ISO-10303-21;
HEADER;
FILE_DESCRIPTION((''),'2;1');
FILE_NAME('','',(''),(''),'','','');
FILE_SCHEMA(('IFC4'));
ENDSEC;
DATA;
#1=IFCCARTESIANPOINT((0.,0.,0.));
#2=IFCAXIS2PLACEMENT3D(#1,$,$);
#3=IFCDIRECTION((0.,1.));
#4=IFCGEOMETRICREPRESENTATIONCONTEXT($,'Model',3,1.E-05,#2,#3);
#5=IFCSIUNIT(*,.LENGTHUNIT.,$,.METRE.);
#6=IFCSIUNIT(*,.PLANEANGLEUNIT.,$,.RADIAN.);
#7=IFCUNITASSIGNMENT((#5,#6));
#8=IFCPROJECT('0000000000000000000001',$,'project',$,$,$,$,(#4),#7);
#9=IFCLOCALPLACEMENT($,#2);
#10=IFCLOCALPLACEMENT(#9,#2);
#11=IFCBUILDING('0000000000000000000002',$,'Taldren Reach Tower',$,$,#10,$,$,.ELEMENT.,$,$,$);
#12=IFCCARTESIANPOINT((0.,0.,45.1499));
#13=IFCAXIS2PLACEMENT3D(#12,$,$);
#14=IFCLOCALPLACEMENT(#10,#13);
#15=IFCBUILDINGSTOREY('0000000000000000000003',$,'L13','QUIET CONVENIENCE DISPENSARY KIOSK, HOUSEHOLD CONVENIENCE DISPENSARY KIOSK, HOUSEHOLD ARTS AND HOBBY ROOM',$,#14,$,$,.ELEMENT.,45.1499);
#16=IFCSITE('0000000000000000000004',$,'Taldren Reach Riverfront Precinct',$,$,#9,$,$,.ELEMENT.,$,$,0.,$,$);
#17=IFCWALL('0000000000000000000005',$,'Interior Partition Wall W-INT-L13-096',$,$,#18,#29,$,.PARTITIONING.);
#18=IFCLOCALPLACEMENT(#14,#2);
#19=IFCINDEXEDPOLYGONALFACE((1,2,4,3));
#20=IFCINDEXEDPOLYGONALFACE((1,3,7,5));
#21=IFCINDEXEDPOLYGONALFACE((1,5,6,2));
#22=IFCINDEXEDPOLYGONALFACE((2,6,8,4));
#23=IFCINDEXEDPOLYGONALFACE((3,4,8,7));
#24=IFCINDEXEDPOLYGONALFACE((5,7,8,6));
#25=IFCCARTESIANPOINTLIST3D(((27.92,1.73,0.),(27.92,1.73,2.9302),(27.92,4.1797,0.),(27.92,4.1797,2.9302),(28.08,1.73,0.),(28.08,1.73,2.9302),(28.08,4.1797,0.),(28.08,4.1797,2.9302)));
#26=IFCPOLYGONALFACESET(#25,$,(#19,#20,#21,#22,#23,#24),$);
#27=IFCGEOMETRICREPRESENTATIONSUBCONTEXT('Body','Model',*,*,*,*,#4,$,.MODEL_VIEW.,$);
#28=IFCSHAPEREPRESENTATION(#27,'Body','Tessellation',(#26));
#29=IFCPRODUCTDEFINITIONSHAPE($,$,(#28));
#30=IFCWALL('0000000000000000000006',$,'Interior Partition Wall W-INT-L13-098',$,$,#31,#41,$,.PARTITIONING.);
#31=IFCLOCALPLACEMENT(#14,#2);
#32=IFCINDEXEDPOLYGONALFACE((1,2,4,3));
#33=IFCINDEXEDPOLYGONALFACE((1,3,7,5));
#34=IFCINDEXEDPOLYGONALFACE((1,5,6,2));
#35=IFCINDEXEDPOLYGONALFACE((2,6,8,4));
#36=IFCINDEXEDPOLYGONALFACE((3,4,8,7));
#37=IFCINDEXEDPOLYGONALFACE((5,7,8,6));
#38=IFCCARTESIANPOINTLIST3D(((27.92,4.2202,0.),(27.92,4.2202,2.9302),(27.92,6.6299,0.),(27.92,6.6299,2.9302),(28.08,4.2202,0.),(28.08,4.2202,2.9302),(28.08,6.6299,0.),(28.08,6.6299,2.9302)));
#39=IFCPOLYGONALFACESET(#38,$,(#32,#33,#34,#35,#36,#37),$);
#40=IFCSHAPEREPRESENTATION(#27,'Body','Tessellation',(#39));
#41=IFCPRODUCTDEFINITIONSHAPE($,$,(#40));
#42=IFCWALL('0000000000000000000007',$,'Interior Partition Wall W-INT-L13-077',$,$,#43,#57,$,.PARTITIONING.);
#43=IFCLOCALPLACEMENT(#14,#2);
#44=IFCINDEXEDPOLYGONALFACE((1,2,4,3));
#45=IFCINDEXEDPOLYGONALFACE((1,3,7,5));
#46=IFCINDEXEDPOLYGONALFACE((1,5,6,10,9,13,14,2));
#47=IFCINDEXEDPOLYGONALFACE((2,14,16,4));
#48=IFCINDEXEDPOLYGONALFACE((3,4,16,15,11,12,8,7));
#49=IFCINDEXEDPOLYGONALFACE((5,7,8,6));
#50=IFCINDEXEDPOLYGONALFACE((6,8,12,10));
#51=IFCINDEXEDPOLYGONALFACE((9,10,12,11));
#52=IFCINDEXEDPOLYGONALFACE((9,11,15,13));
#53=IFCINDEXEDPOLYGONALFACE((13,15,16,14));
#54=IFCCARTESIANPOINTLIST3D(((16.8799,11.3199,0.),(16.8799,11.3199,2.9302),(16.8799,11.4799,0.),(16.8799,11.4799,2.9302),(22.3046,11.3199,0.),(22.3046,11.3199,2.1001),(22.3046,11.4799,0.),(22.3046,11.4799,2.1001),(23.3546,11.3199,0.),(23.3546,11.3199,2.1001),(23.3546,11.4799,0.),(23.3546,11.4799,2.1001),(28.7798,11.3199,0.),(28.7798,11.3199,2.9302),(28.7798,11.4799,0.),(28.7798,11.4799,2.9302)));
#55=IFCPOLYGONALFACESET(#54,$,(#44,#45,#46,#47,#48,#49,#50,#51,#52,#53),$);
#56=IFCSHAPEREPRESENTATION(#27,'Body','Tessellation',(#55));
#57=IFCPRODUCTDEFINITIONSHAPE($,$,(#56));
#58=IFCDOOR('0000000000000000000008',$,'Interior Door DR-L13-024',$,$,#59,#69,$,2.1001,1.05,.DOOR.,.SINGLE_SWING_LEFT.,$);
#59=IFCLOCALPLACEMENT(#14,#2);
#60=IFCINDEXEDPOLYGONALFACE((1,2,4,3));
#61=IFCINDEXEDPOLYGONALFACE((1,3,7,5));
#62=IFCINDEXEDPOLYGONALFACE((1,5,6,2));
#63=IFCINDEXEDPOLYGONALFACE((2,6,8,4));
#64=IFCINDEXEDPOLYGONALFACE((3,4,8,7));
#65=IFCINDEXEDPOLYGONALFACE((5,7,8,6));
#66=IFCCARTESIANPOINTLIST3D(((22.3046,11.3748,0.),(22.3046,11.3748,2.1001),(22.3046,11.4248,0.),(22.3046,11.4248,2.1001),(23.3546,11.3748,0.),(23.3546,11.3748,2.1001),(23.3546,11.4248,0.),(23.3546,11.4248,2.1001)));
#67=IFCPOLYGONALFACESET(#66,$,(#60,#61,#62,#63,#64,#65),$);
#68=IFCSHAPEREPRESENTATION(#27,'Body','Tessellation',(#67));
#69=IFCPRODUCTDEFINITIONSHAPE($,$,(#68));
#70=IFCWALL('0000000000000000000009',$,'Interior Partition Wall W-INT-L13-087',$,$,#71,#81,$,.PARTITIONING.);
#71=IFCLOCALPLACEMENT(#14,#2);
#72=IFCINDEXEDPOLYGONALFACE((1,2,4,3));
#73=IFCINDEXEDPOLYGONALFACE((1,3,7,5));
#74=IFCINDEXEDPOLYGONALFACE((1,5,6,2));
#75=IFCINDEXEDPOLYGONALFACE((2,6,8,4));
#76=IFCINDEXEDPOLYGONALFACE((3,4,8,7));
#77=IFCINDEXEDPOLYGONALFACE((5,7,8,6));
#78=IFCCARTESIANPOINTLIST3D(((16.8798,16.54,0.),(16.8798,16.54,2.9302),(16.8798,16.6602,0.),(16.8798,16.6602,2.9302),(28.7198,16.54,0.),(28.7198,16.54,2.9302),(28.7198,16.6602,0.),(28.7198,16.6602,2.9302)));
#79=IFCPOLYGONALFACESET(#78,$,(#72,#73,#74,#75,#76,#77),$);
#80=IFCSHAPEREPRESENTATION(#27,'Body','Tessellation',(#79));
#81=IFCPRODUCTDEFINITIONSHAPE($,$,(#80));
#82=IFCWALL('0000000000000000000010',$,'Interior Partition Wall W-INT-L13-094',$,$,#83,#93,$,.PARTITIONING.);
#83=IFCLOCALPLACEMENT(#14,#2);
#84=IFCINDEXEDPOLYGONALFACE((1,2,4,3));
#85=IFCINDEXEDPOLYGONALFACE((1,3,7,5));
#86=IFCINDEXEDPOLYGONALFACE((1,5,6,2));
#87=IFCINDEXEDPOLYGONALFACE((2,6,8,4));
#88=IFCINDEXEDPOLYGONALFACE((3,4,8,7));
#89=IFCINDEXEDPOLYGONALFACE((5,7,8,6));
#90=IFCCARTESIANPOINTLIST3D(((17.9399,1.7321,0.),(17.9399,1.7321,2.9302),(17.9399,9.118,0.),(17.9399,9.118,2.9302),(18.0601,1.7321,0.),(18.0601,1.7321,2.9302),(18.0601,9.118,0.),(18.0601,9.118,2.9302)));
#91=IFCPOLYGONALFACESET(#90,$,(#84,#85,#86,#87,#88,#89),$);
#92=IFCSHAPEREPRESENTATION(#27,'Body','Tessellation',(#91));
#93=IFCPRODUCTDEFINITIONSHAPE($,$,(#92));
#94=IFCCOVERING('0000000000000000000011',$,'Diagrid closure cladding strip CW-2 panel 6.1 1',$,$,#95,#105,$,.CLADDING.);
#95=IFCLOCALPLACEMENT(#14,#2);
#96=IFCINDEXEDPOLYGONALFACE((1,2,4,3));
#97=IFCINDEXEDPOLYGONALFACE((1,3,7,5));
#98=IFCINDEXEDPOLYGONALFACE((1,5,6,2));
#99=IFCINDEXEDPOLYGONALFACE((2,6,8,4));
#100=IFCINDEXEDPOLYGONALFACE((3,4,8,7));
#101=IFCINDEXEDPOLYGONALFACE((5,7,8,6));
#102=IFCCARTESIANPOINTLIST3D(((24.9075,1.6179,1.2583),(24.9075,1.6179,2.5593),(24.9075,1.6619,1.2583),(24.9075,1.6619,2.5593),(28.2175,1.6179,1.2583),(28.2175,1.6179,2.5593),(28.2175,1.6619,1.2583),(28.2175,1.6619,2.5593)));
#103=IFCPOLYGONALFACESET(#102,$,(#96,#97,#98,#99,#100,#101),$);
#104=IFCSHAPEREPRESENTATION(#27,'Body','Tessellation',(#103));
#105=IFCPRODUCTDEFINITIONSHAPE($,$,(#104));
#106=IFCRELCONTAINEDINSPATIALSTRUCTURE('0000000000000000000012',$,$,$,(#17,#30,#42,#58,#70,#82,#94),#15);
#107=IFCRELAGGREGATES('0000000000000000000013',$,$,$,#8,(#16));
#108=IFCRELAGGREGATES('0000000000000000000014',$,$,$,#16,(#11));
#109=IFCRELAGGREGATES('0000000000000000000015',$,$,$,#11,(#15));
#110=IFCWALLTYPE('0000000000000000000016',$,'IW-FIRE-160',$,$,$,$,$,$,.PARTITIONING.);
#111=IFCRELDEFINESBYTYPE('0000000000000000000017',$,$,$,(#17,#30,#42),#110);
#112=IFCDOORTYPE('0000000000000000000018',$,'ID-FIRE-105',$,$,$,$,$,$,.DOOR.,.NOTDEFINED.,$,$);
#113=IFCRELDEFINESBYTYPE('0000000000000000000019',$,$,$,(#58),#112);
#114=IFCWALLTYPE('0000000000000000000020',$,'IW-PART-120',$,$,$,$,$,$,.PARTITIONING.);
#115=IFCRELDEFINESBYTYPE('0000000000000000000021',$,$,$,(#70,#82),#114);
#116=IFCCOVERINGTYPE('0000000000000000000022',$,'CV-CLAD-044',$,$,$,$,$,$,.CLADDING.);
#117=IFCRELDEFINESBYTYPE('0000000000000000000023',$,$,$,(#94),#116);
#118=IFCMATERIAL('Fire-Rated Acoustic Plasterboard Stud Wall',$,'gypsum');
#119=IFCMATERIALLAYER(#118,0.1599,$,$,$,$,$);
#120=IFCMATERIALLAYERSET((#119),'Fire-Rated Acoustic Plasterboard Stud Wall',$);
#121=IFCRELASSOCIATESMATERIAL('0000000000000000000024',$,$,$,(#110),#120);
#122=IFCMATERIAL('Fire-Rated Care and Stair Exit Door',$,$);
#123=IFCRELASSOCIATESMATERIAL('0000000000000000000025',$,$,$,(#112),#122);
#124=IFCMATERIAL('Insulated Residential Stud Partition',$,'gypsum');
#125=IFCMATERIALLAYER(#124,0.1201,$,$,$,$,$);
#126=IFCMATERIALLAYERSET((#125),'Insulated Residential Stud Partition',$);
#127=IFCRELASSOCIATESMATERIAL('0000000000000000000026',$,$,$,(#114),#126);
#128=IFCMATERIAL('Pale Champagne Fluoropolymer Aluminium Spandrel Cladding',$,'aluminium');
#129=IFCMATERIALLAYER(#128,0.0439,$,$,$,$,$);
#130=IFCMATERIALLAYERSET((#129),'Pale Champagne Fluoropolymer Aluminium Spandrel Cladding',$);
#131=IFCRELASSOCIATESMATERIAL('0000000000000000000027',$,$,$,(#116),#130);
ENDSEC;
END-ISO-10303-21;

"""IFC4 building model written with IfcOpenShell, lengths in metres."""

from ifc_helpers import new_model, si_unit, direction, frame, frame_2d, origin, origin_2d, place, context, subcontext, project, spatial, rectangle, extrude, source, transform, mapped, material, layer, layer_set, type_object, element, fill, save


model = new_model("IFC4")

# Units and contexts
model_context = context("Model", 3, precision=1e-05, world=origin(), true_north=direction((0.0, 1.0)))
body_context = subcontext(model_context, "Body", "Model", "MODEL_VIEW")
ifc_project = project(units=[si_unit("LENGTHUNIT", "METRE"), si_unit("PLANEANGLEUNIT", "RADIAN")], contexts=[model_context])

# Site, building, storey
site_placement = place(None, origin())
site = spatial("IfcSite", under=ifc_project, at=site_placement, Name="Taldren Reach Riverfront Precinct", CompositionType="ELEMENT", RefElevation=0.0)
building_placement = place(site_placement, origin())
building = spatial("IfcBuilding", under=site, at=building_placement, Name="Taldren Reach Tower", CompositionType="ELEMENT")
storey_placement = place(building_placement, frame((0.0, 0.0, 45.1499)))
storey = spatial("IfcBuildingStorey", under=building, at=storey_placement, Name="L13", Description="QUIET CONVENIENCE DISPENSARY KIOSK, HOUSEHOLD CONVENIENCE DISPENSARY KIOSK, HOUSEHOLD ARTS AND HOBBY ROOM", CompositionType="ELEMENT", Elevation=45.1499)

# Shared definitions
ifc_material_1 = material(Name="Fire-Rated Acoustic Plasterboard Stud Wall", Category="gypsum")
ifc_layer_1 = layer(ifc_material_1, 0.1599)
ifc_layer_set_1 = layer_set([ifc_layer_1], Name="Fire-Rated Acoustic Plasterboard Stud Wall")
wall_type_1 = type_object("IfcWallType", Name="IW-FIRE-160", PredefinedType="PARTITIONING", material=ifc_layer_set_1)

# Walls
shared_shape_1 = source(origin(), body_context, "Body", "SweptSolid", [
    extrude(rectangle(XDim=2.4497, YDim=0.1599, at=frame_2d((1.2249, 0.0))), origin(), (0.0, 0.0, 1.0), 2.9302),
])
wall_1_placement = place(storey_placement, frame((28.0, 4.1797, 0.0), z_axis=(0.0, 0.0, 1.0), x_axis=(0.0, -1.0, 0.0)))
element("IfcWall", 1, at=wall_1_placement, inside=storey, type_object=wall_type_1, Name="Interior Partition Wall W-INT-L13-096", PredefinedType="PARTITIONING", context=body_context, shape_type="MappedRepresentation", body=[
    mapped(shared_shape_1, transform((0.0, 0.0, 0.0), scale=1.0)),
])
shared_shape_2 = source(origin(), body_context, "Body", "SweptSolid", [
    extrude(rectangle(XDim=2.4097, YDim=0.1599, at=frame_2d((1.2048, 0.0))), origin(), (0.0, 0.0, 1.0), 2.9302),
])
wall_2_placement = place(storey_placement, frame((28.0, 6.6299, 0.0), z_axis=(0.0, 0.0, 1.0), x_axis=(0.0, -1.0, 0.0)))
element("IfcWall", 2, at=wall_2_placement, inside=storey, type_object=wall_type_1, Name="Interior Partition Wall W-INT-L13-098", PredefinedType="PARTITIONING", context=body_context, shape_type="MappedRepresentation", body=[
    mapped(shared_shape_2, transform((0.0, 0.0, 0.0), scale=1.0)),
])

# Wall, opening, door
shared_shape_3 = source(origin(), body_context, "Body", "SweptSolid", [
    extrude(rectangle(XDim=11.8999, YDim=0.1599, at=frame_2d((5.95, 0.0))), origin(), (0.0, 0.0, 1.0), 2.9302),
])
wall_3_placement = place(storey_placement, frame((16.8799, 11.3999, 0.0), z_axis=(0.0, 0.0, 1.0), x_axis=(1.0, 0.0, 0.0)))
wall_3 = element("IfcWall", 3, at=wall_3_placement, inside=storey, type_object=wall_type_1, Name="Interior Partition Wall W-INT-L13-077", PredefinedType="PARTITIONING", context=body_context, shape_type="MappedRepresentation", body=[
    mapped(shared_shape_3, transform((0.0, 0.0, 0.0), scale=1.0)),
])
shared_shape_4 = source(origin(), body_context, "Body", "SweptSolid", [
    extrude(rectangle(XDim=1.05, YDim=2.1001, at=frame_2d((0.5249, 1.05))), frame((0.0, 0.0898, 0.0), z_axis=(0.0, -1.0, 0.0), x_axis=(1.0, 0.0, 0.0)), (0.0, 0.0, 1.0), 0.1799),
])
opening_1_placement = place(wall_3_placement, frame((5.4248, 0.0, 0.0)))
opening_1 = element("IfcOpeningElement", 4, at=opening_1_placement, cuts=wall_3, PredefinedType="OPENING", context=body_context, shape_type="MappedRepresentation", body=[
    mapped(shared_shape_4, transform((0.0, 0.0, 0.0), scale=1.0)),
])
ifc_material_2 = material(Name="Fire-Rated Care and Stair Exit Door")
door_type_1 = type_object("IfcDoorType", Name="ID-FIRE-105", OperationType="NOTDEFINED", PredefinedType="DOOR", material=ifc_material_2)
shared_shape_5 = source(origin(), body_context, "Body", "SweptSolid", [
    extrude(rectangle(XDim=1.05, YDim=2.1001, at=frame_2d((0.5249, 1.05))), frame((0.0, 0.0249, 0.0), z_axis=(0.0, -1.0, 0.0), x_axis=(1.0, 0.0, 0.0)), (0.0, 0.0, 1.0), 0.05),
])
door_1_placement = place(opening_1_placement, origin())
door_1 = element("IfcDoor", 5, at=door_1_placement, inside=storey, type_object=door_type_1, Name="Interior Door DR-L13-024", OperationType="SINGLE_SWING_LEFT", OverallHeight=2.1001, OverallWidth=1.05, PredefinedType="DOOR", context=body_context, shape_type="MappedRepresentation", body=[
    mapped(shared_shape_5, transform((0.0, 0.0, 0.0), scale=1.0)),
])
fill(opening_1, door_1)

# Walls
ifc_material_3 = material(Name="Insulated Residential Stud Partition", Category="gypsum")
ifc_layer_2 = layer(ifc_material_3, 0.1201)
ifc_layer_set_2 = layer_set([ifc_layer_2], Name="Insulated Residential Stud Partition")
wall_type_2 = type_object("IfcWallType", Name="IW-PART-120", PredefinedType="PARTITIONING", material=ifc_layer_set_2)
shared_shape_6 = source(origin(), body_context, "Body", "SweptSolid", [
    extrude(rectangle(XDim=11.8401, YDim=0.1201, at=frame_2d((5.9199, 0.0))), origin(), (0.0, 0.0, 1.0), 2.9302),
])
wall_4_placement = place(storey_placement, frame((16.8799, 16.6001, 0.0), z_axis=(0.0, 0.0, 1.0), x_axis=(1.0, 0.0, 0.0)))
element("IfcWall", 6, at=wall_4_placement, inside=storey, type_object=wall_type_2, Name="Interior Partition Wall W-INT-L13-087", PredefinedType="PARTITIONING", context=body_context, shape_type="MappedRepresentation", body=[
    mapped(shared_shape_6, transform((0.0, 0.0, 0.0), scale=1.0)),
])
shared_shape_7 = source(origin(), body_context, "Body", "SweptSolid", [
    extrude(rectangle(XDim=7.386, YDim=0.1201, at=frame_2d((3.6929, 0.0))), origin(), (0.0, 0.0, 1.0), 2.9302),
])
wall_5_placement = place(storey_placement, frame((18.0, 9.1179, 0.0), z_axis=(0.0, 0.0, 1.0), x_axis=(0.0, -1.0, 0.0)))
element("IfcWall", 7, at=wall_5_placement, inside=storey, type_object=wall_type_2, Name="Interior Partition Wall W-INT-L13-094", PredefinedType="PARTITIONING", context=body_context, shape_type="MappedRepresentation", body=[
    mapped(shared_shape_7, transform((0.0, 0.0, 0.0), scale=1.0)),
])

# Covering
ifc_material_4 = material(Name="Pale Champagne Fluoropolymer Aluminium Spandrel Cladding", Category="aluminium")
ifc_layer_3 = layer(ifc_material_4, 0.0439)
ifc_layer_set_3 = layer_set([ifc_layer_3], Name="Pale Champagne Fluoropolymer Aluminium Spandrel Cladding")
covering_type = type_object("IfcCoveringType", Name="CV-CLAD-044", PredefinedType="CLADDING", material=ifc_layer_set_3)
shared_shape_8 = source(origin(), body_context, "Body", "SweptSolid", [
    extrude(rectangle(XDim=3.3101, YDim=0.0439, at=origin_2d()), origin(), (0.0, 0.0, 1.0), 1.301),
])
covering_placement = place(storey_placement, frame((26.5625, 1.6399, 1.2583), z_axis=(0.0, 0.0, 1.0), x_axis=(1.0, 0.0, 0.0)))
element("IfcCovering", 8, at=covering_placement, inside=storey, type_object=covering_type, Name="Diagrid closure cladding strip CW-2 panel 6.1 1", PredefinedType="CLADDING", context=body_context, shape_type="MappedRepresentation", body=[
    mapped(shared_shape_8, transform((0.0, 0.0, 0.0), scale=1.0)),
])

save(model, "model.ifc")
